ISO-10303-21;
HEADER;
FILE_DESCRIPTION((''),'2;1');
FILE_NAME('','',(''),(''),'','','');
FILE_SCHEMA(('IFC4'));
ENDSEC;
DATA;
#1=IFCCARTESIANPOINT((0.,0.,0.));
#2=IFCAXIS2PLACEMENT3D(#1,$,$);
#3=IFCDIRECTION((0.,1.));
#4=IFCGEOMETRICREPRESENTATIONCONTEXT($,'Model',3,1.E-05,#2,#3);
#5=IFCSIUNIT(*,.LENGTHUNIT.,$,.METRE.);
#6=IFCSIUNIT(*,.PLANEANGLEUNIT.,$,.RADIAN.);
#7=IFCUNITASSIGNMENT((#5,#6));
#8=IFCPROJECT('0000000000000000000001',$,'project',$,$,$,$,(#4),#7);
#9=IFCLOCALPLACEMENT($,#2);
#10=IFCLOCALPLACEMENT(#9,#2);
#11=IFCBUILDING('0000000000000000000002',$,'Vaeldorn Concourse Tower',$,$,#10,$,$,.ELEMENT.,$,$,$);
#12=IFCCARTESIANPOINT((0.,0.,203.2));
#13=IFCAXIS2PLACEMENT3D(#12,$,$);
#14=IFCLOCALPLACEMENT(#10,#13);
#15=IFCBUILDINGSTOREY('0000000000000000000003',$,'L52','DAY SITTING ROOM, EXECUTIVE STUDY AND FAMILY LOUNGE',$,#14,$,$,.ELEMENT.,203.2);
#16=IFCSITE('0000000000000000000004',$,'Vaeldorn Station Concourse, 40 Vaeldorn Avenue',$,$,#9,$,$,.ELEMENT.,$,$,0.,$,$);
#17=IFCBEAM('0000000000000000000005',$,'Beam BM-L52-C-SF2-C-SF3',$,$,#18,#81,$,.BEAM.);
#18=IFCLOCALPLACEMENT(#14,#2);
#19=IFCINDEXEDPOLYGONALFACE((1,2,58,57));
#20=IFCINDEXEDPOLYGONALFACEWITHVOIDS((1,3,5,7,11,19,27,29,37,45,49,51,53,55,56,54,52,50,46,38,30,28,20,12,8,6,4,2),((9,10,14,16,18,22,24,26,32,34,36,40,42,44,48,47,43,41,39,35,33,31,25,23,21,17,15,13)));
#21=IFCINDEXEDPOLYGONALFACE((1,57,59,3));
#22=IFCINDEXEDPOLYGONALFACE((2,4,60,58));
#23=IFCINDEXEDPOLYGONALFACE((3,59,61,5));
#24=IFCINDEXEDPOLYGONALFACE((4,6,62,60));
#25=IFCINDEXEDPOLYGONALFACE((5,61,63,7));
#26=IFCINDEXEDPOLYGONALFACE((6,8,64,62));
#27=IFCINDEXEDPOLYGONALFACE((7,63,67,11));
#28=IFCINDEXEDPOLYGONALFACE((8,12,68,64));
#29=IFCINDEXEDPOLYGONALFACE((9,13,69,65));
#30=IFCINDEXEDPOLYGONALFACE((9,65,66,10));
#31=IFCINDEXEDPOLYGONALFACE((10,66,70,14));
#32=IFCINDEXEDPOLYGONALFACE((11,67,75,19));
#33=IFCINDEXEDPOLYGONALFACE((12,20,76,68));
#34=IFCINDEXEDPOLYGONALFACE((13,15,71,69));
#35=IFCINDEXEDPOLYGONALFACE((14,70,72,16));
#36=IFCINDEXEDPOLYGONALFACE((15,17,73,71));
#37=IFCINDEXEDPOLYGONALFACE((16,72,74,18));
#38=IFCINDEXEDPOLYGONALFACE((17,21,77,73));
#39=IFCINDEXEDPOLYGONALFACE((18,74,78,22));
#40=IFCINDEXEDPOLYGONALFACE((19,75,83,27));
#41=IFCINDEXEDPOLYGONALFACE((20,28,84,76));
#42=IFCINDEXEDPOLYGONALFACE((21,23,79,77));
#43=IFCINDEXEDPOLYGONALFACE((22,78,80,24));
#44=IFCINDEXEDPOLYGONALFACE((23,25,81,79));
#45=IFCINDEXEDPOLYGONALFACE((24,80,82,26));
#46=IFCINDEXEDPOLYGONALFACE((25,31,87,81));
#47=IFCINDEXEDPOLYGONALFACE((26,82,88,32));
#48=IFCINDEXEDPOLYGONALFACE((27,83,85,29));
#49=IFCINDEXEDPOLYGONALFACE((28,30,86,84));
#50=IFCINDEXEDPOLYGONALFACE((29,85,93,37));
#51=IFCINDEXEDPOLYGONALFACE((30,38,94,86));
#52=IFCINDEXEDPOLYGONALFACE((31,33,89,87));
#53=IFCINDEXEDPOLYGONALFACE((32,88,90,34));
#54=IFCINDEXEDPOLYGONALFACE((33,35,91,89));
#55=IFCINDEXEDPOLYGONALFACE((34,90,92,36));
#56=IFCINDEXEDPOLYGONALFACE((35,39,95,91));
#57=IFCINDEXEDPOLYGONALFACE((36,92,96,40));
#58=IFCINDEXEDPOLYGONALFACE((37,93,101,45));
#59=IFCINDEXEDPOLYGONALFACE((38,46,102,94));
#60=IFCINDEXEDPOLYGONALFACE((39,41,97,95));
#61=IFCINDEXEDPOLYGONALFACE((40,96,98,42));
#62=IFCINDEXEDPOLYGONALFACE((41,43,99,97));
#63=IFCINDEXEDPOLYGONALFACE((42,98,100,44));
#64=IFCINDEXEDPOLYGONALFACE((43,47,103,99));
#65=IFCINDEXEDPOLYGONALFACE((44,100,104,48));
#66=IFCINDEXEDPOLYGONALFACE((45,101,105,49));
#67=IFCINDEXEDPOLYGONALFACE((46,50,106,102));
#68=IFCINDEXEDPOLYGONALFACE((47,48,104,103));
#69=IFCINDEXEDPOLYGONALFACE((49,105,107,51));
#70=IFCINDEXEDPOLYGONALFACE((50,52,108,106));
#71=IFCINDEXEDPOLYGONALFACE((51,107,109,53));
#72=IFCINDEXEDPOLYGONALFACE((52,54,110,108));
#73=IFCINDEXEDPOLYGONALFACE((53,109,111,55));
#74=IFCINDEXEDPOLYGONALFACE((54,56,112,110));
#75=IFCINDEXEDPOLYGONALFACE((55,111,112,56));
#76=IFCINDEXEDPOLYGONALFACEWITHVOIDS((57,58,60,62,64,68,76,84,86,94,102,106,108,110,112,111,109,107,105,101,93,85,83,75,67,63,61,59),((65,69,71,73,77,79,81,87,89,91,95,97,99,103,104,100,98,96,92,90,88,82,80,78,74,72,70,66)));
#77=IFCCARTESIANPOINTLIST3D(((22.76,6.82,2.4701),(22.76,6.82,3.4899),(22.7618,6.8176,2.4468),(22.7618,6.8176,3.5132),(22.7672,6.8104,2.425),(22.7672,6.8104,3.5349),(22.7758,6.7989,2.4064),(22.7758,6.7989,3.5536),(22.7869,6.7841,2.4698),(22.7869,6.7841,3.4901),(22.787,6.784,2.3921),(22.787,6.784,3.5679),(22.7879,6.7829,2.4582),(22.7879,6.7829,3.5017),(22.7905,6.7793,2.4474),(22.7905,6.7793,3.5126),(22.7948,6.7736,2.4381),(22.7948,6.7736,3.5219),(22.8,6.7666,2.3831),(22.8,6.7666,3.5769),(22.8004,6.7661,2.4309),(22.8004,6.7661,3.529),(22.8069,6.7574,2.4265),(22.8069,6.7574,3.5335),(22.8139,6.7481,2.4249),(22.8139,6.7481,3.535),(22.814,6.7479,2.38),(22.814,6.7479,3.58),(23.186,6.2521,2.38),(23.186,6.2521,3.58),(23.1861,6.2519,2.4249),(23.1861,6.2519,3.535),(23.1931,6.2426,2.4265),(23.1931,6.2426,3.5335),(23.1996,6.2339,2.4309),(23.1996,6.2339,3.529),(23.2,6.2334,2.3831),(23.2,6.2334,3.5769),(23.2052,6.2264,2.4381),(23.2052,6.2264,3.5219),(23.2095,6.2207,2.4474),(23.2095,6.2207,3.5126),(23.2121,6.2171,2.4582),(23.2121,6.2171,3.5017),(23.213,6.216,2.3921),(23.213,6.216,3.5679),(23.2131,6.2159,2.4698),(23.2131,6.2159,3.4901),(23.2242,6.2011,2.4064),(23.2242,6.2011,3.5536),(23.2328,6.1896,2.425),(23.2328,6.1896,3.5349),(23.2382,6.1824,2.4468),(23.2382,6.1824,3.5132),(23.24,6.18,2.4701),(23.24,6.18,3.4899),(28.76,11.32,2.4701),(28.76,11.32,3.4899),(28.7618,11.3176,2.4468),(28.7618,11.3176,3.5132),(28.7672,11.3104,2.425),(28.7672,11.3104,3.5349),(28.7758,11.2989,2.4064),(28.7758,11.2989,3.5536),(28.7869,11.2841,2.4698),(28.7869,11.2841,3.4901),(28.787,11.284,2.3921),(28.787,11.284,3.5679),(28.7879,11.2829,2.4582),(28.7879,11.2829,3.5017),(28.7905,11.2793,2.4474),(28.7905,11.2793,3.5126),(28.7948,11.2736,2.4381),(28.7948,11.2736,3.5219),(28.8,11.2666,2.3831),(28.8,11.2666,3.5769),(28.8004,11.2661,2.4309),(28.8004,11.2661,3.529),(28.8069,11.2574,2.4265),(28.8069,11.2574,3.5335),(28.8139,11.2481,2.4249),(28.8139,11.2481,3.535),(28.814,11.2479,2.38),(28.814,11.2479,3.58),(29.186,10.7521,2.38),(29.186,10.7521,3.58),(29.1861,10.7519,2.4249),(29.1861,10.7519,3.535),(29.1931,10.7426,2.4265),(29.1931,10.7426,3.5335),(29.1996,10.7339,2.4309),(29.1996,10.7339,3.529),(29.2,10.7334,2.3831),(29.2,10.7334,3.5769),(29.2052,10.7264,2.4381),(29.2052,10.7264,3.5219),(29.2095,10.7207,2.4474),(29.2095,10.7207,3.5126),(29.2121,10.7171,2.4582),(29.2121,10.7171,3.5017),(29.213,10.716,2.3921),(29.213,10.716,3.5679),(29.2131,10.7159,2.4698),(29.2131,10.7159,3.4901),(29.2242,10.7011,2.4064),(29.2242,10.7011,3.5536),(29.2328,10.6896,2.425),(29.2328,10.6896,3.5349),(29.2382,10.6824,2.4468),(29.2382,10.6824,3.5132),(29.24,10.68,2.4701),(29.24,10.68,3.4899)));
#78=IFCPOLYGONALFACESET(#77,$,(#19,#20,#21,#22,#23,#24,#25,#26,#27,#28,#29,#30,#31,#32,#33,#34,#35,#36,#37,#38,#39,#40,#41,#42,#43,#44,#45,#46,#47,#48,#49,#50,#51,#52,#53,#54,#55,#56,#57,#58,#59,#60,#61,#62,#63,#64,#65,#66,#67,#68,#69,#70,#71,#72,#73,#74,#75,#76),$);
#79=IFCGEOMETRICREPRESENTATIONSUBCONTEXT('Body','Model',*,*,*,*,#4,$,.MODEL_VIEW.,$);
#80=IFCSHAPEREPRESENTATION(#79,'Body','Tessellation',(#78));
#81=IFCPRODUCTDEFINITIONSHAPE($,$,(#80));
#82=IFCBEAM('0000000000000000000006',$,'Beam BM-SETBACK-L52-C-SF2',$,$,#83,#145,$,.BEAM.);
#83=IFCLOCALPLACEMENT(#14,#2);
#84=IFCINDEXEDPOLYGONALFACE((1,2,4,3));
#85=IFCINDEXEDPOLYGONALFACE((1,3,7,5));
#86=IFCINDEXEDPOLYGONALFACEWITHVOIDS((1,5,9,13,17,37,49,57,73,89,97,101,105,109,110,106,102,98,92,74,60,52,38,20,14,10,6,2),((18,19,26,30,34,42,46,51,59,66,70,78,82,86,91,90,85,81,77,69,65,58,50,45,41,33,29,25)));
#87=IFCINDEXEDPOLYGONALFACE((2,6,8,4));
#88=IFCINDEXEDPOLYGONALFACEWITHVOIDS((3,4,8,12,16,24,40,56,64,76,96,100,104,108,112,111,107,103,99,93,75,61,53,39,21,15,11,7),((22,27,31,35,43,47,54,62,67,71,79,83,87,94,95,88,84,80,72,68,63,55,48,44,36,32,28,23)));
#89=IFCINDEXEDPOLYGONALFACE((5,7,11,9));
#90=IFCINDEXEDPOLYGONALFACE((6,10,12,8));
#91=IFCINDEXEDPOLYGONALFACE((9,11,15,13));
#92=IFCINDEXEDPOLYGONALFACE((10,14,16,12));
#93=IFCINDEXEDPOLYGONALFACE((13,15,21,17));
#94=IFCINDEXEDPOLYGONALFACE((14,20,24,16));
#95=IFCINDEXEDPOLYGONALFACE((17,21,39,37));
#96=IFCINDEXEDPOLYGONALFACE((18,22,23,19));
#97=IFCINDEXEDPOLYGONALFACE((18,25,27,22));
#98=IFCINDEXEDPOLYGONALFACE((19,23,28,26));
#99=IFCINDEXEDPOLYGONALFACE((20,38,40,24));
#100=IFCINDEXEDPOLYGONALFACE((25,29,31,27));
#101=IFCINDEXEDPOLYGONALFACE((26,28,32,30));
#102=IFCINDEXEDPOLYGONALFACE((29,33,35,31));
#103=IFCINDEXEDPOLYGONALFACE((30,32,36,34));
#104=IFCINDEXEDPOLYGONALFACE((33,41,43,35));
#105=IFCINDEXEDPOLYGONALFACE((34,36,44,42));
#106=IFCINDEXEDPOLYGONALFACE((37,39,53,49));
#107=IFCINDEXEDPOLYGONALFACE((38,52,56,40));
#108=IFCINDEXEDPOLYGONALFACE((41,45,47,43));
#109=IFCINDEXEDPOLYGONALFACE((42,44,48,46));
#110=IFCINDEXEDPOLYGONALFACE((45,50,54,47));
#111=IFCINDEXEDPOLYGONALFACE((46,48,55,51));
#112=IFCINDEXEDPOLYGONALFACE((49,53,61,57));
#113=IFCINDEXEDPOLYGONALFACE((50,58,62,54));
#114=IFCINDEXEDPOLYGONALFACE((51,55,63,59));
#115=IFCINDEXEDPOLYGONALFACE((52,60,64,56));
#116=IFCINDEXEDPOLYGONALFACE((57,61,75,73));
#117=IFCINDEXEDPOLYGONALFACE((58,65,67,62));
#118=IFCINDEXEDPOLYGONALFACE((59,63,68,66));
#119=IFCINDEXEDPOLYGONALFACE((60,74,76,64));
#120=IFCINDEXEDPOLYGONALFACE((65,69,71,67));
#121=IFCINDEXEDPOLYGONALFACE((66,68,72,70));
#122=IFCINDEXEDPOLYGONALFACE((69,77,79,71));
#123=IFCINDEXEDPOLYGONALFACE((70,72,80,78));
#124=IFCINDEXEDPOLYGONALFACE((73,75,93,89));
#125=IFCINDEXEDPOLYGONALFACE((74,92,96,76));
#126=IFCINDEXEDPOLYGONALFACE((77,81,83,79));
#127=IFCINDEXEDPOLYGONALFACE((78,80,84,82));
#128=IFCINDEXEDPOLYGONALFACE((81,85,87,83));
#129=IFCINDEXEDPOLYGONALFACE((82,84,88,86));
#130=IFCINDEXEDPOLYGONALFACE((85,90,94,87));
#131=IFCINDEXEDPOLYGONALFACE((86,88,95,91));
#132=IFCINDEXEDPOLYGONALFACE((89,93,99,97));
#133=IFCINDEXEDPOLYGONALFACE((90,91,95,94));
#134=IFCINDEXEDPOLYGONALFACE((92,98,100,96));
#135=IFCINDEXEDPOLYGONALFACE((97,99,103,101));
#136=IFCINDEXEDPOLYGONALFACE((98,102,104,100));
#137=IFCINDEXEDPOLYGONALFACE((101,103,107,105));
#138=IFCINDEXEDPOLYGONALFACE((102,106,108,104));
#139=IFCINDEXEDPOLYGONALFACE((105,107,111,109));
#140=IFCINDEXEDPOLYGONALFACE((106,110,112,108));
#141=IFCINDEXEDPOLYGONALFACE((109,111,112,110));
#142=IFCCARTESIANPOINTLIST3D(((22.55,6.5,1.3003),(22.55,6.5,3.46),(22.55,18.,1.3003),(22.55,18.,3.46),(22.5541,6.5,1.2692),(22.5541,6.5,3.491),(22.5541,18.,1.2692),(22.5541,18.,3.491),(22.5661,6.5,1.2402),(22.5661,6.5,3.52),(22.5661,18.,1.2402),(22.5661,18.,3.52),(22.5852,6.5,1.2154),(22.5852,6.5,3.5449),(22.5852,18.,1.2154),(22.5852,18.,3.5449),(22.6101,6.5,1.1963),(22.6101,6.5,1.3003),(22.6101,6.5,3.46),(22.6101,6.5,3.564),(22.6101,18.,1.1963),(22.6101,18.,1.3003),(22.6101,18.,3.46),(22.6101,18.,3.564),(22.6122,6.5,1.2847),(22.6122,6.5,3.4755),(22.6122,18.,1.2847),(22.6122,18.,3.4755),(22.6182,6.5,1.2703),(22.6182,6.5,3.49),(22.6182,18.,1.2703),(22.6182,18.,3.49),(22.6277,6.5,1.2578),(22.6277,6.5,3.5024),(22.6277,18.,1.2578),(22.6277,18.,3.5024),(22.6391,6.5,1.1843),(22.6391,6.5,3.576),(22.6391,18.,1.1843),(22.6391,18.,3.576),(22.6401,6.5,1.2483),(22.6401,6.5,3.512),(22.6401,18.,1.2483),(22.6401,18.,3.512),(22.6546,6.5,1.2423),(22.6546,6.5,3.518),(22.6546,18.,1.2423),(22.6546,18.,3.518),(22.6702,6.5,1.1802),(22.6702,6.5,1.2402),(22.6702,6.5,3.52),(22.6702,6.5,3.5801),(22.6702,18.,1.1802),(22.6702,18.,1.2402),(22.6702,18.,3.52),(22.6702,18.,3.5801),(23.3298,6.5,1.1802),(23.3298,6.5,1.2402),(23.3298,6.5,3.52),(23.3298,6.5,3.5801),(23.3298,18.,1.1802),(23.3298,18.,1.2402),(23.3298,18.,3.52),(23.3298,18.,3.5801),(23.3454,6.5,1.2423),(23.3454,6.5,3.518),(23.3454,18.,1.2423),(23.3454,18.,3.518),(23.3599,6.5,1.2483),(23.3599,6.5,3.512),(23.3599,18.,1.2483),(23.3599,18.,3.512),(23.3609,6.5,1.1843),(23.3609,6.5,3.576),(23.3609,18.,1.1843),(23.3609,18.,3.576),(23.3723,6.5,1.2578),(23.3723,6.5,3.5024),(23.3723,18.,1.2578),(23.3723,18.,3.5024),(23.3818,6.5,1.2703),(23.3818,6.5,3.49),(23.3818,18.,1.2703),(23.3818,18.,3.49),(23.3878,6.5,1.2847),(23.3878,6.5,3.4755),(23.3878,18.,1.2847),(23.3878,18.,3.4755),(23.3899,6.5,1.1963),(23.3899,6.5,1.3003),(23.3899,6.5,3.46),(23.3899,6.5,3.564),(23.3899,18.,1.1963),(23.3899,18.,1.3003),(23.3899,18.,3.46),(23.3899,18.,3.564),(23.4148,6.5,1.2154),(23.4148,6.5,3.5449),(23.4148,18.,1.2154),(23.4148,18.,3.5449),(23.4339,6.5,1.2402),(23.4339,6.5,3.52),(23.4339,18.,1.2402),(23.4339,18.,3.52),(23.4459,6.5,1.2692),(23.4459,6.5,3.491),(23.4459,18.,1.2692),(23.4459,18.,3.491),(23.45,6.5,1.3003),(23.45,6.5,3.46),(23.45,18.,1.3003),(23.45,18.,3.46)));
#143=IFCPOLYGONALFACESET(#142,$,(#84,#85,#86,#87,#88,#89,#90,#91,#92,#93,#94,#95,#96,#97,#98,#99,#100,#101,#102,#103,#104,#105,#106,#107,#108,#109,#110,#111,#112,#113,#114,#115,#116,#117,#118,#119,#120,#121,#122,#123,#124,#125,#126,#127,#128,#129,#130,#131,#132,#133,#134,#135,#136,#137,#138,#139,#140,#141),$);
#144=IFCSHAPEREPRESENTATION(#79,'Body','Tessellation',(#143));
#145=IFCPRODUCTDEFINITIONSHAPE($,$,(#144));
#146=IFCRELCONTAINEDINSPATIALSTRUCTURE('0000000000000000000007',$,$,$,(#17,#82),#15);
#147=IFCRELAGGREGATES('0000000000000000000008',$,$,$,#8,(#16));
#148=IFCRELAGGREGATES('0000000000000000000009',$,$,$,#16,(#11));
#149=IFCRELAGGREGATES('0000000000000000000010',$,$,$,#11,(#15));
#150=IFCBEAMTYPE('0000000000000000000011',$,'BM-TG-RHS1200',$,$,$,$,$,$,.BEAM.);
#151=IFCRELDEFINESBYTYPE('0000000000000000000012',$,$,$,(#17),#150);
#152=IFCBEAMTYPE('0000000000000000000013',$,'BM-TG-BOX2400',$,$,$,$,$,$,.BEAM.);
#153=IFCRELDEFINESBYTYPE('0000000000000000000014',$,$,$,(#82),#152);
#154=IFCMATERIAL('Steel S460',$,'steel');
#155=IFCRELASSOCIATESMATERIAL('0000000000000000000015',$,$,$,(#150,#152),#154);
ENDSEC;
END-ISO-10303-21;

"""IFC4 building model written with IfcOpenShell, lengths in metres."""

from ifc_helpers import new_model, si_unit, direction, frame, origin, origin_2d, place, context, subcontext, project, spatial, hollow_rectangle, extrude, source, transform, mapped, material, material_profile, profile_set, type_object, element, save


model = new_model("IFC4")

# Units and contexts
model_context = context("Model", 3, precision=1e-05, world=origin(), true_north=direction((0.0, 1.0)))
body_context = subcontext(model_context, "Body", "Model", "MODEL_VIEW")
ifc_project = project(units=[si_unit("LENGTHUNIT", "METRE"), si_unit("PLANEANGLEUNIT", "RADIAN")], contexts=[model_context])

# Site, building, storey
site_placement = place(None, origin())
site = spatial("IfcSite", under=ifc_project, at=site_placement, Name="Vaeldorn Station Concourse, 40 Vaeldorn Avenue", CompositionType="ELEMENT", RefElevation=0.0)
building_placement = place(site_placement, origin())
building = spatial("IfcBuilding", under=site, at=building_placement, Name="Vaeldorn Concourse Tower", CompositionType="ELEMENT")
storey_placement = place(building_placement, frame((0.0, 0.0, 203.2)))
storey = spatial("IfcBuildingStorey", under=building, at=storey_placement, Name="L52", Description="DAY SITTING ROOM, EXECUTIVE STUDY AND FAMILY LOUNGE", CompositionType="ELEMENT", Elevation=203.2)

# Beams
ifc_material_1 = material(Name="Steel S460", Category="steel")
ifc_material_profile_1 = material_profile(ifc_material_1, hollow_rectangle(XDim=0.8, YDim=1.2, WallThickness=0.0449, InnerFilletRadius=0.0449, OuterFilletRadius=0.0901, at=origin_2d()), Name="RHS 1200x800x45")
ifc_profile_set_1 = profile_set([ifc_material_profile_1], Name="Steel S460")
beam_type_1 = type_object("IfcBeamType", Name="BM-TG-RHS1200", PredefinedType="BEAM", material=ifc_profile_set_1)
shared_shape_1 = source(origin(), body_context, "Body", "SweptSolid", [
    extrude(hollow_rectangle(XDim=0.8, YDim=1.2, WallThickness=0.0449, InnerFilletRadius=0.0449, OuterFilletRadius=0.0901, at=origin_2d()), origin(), (0.0, 0.0, 1.0), 7.5),
])
beam_1_placement = place(storey_placement, frame((23.0, 6.5, 2.98), z_axis=(0.8, 0.6, 0.0), x_axis=(-0.6, 0.8, 0.0)))
element("IfcBeam", 1, at=beam_1_placement, inside=storey, type_object=beam_type_1, Name="Beam BM-L52-C-SF2-C-SF3", PredefinedType="BEAM", context=body_context, shape_type="MappedRepresentation", body=[
    mapped(shared_shape_1, transform((0.0, 0.0, 0.0), scale=1.0)),
])
ifc_material_profile_2 = material_profile(ifc_material_1, hollow_rectangle(XDim=0.8999, YDim=2.3999, WallThickness=0.0601, InnerFilletRadius=0.0601, OuterFilletRadius=0.1201, at=origin_2d()), Name="RHS 2400x900x60")
ifc_profile_set_2 = profile_set([ifc_material_profile_2], Name="Steel S460")
beam_type_2 = type_object("IfcBeamType", Name="BM-TG-BOX2400", PredefinedType="BEAM", material=ifc_profile_set_2)
shared_shape_2 = source(origin(), body_context, "Body", "SweptSolid", [
    extrude(hollow_rectangle(XDim=0.8999, YDim=2.3999, WallThickness=0.0601, InnerFilletRadius=0.0601, OuterFilletRadius=0.1201, at=origin_2d()), origin(), (0.0, 0.0, 1.0), 11.5),
])
beam_2_placement = place(storey_placement, frame((23.0, 6.5, 2.3801), z_axis=(0.0, 1.0, 0.0), x_axis=(-1.0, 0.0, 0.0)))
element("IfcBeam", 2, at=beam_2_placement, inside=storey, type_object=beam_type_2, Name="Beam BM-SETBACK-L52-C-SF2", PredefinedType="BEAM", context=body_context, shape_type="MappedRepresentation", body=[
    mapped(shared_shape_2, transform((0.0, 0.0, 0.0), scale=1.0)),
])

save(model, "model.ifc")
